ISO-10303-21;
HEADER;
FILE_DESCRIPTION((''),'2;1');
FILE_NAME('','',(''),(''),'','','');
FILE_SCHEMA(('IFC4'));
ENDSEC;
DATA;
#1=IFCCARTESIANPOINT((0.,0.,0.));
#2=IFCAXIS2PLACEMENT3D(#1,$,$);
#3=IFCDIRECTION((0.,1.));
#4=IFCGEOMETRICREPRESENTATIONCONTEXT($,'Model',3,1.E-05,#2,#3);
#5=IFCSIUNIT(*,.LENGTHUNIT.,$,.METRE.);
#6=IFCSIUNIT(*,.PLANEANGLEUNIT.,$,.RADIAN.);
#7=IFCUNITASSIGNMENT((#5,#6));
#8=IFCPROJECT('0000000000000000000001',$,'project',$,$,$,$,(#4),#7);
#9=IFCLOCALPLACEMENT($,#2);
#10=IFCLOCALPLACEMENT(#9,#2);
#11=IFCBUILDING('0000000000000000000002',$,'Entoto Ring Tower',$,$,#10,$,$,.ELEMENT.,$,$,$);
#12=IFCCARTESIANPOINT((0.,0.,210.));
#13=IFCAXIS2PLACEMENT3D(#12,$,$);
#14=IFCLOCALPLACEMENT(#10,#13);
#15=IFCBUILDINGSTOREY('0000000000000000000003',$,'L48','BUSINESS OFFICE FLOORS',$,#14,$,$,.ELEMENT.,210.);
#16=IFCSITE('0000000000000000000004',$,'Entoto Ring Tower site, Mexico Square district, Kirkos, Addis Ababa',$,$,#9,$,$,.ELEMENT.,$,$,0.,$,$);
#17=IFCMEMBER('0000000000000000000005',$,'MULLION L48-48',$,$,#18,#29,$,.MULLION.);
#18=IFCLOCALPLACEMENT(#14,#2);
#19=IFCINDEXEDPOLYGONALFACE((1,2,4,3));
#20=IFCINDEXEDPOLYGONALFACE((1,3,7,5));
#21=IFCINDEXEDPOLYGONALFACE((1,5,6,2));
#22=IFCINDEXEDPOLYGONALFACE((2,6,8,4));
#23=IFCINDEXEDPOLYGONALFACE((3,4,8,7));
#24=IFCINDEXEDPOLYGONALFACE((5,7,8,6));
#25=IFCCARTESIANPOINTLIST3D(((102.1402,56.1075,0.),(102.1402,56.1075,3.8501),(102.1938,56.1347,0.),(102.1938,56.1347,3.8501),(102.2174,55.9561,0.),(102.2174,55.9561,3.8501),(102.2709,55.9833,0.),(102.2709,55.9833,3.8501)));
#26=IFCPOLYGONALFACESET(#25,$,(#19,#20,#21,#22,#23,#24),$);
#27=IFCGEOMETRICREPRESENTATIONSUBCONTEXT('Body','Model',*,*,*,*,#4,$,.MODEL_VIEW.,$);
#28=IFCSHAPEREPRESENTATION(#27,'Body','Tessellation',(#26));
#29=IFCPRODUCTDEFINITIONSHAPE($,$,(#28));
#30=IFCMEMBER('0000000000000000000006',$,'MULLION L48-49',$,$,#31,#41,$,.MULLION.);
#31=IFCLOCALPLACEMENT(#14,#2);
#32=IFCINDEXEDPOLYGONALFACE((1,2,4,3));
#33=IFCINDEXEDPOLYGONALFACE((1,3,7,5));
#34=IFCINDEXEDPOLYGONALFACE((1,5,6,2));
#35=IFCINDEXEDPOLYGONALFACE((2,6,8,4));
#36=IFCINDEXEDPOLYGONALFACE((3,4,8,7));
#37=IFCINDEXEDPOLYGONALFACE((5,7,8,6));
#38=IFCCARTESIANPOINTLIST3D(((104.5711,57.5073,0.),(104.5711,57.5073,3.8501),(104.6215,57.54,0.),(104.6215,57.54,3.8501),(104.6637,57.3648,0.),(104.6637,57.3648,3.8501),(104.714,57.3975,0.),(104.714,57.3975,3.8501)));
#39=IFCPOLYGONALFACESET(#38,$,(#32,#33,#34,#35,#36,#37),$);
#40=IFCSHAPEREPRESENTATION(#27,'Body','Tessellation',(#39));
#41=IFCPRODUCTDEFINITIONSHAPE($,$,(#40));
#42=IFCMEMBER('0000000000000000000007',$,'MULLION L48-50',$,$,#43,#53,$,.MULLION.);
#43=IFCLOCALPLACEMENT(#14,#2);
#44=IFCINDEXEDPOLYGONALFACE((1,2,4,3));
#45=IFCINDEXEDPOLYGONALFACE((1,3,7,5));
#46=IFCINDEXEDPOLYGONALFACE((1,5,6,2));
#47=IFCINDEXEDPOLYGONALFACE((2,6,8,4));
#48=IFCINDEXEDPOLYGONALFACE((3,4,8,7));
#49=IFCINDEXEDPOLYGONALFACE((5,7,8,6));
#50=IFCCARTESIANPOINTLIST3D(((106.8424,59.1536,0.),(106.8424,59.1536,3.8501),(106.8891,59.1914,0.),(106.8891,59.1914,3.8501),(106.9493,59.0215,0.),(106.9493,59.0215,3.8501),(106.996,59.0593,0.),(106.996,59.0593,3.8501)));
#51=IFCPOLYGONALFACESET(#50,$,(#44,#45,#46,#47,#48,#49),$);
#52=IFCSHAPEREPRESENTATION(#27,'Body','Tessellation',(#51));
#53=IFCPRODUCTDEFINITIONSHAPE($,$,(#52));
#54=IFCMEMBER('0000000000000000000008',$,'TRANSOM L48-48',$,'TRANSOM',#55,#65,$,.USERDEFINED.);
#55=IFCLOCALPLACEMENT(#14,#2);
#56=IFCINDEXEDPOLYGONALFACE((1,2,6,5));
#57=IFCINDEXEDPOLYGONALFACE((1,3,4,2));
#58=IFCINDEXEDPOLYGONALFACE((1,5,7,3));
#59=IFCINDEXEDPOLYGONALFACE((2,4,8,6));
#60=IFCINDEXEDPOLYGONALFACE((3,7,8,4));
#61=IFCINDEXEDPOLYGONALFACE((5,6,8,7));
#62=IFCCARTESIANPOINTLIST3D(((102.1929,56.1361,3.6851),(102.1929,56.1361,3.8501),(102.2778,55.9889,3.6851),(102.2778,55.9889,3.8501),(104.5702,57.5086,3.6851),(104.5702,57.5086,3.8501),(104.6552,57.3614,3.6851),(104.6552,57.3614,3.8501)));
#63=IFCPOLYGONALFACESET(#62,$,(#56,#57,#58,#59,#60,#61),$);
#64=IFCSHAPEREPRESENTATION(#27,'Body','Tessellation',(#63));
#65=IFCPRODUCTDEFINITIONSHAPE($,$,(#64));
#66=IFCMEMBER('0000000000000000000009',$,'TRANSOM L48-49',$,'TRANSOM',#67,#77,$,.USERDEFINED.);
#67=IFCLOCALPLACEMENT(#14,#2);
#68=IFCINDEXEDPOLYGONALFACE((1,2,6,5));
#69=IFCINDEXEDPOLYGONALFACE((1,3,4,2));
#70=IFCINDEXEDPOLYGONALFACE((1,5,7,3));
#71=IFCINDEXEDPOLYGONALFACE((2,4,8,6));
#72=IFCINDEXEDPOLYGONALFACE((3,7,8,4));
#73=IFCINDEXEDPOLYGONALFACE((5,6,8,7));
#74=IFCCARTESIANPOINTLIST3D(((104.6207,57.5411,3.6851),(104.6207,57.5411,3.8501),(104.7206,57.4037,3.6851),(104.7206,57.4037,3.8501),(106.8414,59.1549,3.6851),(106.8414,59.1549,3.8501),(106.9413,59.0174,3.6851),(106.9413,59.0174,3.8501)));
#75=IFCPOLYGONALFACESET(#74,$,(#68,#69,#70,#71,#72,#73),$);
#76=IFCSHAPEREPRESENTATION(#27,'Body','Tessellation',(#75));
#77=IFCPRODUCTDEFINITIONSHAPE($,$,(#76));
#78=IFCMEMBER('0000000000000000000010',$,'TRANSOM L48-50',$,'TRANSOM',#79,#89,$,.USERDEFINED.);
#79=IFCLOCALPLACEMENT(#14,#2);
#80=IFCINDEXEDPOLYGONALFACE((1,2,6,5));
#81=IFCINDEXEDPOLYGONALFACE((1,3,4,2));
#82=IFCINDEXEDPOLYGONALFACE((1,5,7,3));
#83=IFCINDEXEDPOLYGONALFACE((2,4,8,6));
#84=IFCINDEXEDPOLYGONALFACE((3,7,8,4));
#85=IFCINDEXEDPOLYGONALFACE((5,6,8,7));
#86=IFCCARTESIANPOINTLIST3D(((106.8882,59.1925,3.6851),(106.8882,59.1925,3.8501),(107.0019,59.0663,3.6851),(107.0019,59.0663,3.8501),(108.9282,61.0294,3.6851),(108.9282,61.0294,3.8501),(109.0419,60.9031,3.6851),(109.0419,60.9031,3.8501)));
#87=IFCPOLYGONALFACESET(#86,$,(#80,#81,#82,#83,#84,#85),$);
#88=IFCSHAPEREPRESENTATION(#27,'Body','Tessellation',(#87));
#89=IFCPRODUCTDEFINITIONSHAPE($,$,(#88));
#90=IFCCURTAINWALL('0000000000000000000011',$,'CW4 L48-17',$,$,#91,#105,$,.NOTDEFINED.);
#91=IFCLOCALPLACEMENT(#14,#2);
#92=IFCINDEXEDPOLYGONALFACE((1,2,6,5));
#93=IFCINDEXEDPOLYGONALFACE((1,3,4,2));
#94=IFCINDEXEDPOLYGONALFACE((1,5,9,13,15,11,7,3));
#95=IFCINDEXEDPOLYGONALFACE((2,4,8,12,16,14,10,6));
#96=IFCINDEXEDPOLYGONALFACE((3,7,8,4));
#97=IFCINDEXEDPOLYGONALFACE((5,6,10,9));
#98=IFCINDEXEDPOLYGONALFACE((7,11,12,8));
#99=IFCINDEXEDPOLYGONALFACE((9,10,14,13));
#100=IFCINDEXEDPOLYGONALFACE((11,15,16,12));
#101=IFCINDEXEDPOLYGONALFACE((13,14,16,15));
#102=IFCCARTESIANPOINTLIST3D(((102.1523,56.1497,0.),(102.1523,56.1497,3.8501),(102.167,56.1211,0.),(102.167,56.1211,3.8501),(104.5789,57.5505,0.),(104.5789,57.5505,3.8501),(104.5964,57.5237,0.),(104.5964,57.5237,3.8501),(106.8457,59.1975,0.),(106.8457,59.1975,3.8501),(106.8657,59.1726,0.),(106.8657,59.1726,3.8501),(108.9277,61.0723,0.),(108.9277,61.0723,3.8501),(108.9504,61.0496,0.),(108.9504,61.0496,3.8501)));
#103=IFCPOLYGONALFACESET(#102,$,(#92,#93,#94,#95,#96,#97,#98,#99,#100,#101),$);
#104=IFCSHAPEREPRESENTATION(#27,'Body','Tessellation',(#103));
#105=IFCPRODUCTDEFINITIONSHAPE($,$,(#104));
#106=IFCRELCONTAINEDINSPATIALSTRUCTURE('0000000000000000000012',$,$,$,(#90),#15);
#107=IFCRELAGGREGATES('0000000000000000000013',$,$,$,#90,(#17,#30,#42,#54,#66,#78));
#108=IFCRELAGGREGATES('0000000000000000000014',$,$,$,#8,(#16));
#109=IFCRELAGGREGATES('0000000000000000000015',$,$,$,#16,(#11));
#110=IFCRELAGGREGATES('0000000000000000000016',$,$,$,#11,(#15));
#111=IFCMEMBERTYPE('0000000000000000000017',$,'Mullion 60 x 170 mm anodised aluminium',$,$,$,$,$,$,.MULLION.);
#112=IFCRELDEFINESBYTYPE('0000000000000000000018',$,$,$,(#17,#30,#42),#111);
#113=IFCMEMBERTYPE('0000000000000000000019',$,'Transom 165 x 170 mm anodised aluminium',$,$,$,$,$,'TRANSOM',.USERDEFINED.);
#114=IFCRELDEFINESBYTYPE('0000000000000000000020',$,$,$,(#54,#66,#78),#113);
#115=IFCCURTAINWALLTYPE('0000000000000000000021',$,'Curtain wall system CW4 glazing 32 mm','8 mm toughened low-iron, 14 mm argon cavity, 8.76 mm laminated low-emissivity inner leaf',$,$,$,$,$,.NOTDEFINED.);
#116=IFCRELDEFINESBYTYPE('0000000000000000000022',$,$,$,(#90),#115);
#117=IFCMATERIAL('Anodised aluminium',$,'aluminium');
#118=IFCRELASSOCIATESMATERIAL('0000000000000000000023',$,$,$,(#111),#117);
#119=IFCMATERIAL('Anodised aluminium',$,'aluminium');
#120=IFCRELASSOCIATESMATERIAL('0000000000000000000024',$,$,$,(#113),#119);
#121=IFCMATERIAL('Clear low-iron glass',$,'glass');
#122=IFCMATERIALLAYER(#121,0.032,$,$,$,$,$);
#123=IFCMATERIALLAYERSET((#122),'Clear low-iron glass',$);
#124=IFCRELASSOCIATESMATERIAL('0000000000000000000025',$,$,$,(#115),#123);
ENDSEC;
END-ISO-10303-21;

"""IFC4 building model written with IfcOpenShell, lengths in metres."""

from ifc_helpers import new_model, si_unit, direction, frame, origin, origin_2d, place, context, subcontext, project, spatial, polyline, rectangle, outline, extrude, material, layer, layer_set, material_profile, profile_set, type_object, element, aggregate, save


model = new_model("IFC4")

# Units and contexts
model_context = context("Model", 3, precision=1e-05, world=origin(), true_north=direction((0.0, 1.0)))
body_context = subcontext(model_context, "Body", "Model", "MODEL_VIEW")
ifc_project = project(units=[si_unit("LENGTHUNIT", "METRE"), si_unit("PLANEANGLEUNIT", "RADIAN")], contexts=[model_context])

# Members
ifc_material_1 = material(Name="Anodised aluminium", Category="aluminium")
ifc_material_profile_1 = material_profile(ifc_material_1, rectangle(XDim=0.0601, YDim=0.1699, at=origin_2d()), Name="Mullion 60 x 170 mm anodised aluminium")
ifc_profile_set_1 = profile_set([ifc_material_profile_1], Name="Anodised aluminium")
member_type_1 = type_object("IfcMemberType", Name="Mullion 60 x 170 mm anodised aluminium", PredefinedType="MULLION", material=ifc_profile_set_1)
site_placement = place(None, origin())
building_placement = place(site_placement, origin())
storey_placement = place(building_placement, frame((0.0, 0.0, 210.0)))
member_1_placement = place(storey_placement, frame((102.2056, 56.0454, 0.0), z_axis=(0.0, 0.0, 1.0), x_axis=(0.891007, 0.45399, 0.0)))
member_1 = element("IfcMember", 1, at=member_1_placement, type_object=member_type_1, Name="MULLION L48-48", PredefinedType="MULLION", context=body_context, shape_type="SweptSolid", body=[
    extrude(rectangle(XDim=0.0601, YDim=0.1699, at=origin_2d()), origin(), (0.0, 0.0, 1.0), 3.8501),
])
member_2_placement = place(storey_placement, frame((104.6426, 57.4524, 0.0), z_axis=(0.0, 0.0, 1.0), x_axis=(0.838671, 0.544639, 0.0)))
member_2 = element("IfcMember", 2, at=member_2_placement, type_object=member_type_1, Name="MULLION L48-49", PredefinedType="MULLION", context=body_context, shape_type="SweptSolid", body=[
    extrude(rectangle(XDim=0.0601, YDim=0.1699, at=origin_2d()), origin(), (0.0, 0.0, 1.0), 3.8501),
])
member_3_placement = place(storey_placement, frame((106.9192, 59.1064, 0.0), z_axis=(0.0, 0.0, 1.0), x_axis=(0.777146, 0.62932, 0.0)))
member_3 = element("IfcMember", 3, at=member_3_placement, type_object=member_type_1, Name="MULLION L48-50", PredefinedType="MULLION", context=body_context, shape_type="SweptSolid", body=[
    extrude(rectangle(XDim=0.0601, YDim=0.1699, at=origin_2d()), origin(), (0.0, 0.0, 1.0), 3.8501),
])
ifc_material_2 = material(Name="Anodised aluminium", Category="aluminium")
ifc_material_profile_2 = material_profile(ifc_material_2, rectangle(XDim=0.1699, YDim=0.165, at=origin_2d()), Name="Transom 165 x 170 mm anodised aluminium")
ifc_profile_set_2 = profile_set([ifc_material_profile_2], Name="Anodised aluminium")
member_type_2 = type_object("IfcMemberType", Name="Transom 165 x 170 mm anodised aluminium", ElementType="TRANSOM", PredefinedType="USERDEFINED", material=ifc_profile_set_2)
member_4_placement = place(storey_placement, frame((102.2354, 56.0625, 3.7676), z_axis=(0.866035, 0.499984, 0.0), x_axis=(-0.499984, 0.866035, 0.0)))
member_4 = element("IfcMember", 4, at=member_4_placement, type_object=member_type_2, Name="TRANSOM L48-48", ObjectType="TRANSOM", PredefinedType="USERDEFINED", context=body_context, shape_type="SweptSolid", body=[
    extrude(rectangle(XDim=0.1699, YDim=0.165, at=origin_2d()), origin(), (0.0, 0.0, 1.0), 2.7451),
])
member_5_placement = place(storey_placement, frame((104.6707, 57.4724, 3.7676), z_axis=(0.808959, 0.587865, 0.0), x_axis=(-0.587865, 0.808959, 0.0)))
member_5 = element("IfcMember", 5, at=member_5_placement, type_object=member_type_2, Name="TRANSOM L48-49", ObjectType="TRANSOM", PredefinedType="USERDEFINED", context=body_context, shape_type="SweptSolid", body=[
    extrude(rectangle(XDim=0.1699, YDim=0.165, at=origin_2d()), origin(), (0.0, 0.0, 1.0), 2.7451),
])
member_6_placement = place(storey_placement, frame((106.9451, 59.1294, 3.7676), z_axis=(0.743135, 0.669142, 0.0), x_axis=(-0.669142, 0.743135, 0.0)))
member_6 = element("IfcMember", 6, at=member_6_placement, type_object=member_type_2, Name="TRANSOM L48-50", ObjectType="TRANSOM", PredefinedType="USERDEFINED", context=body_context, shape_type="SweptSolid", body=[
    extrude(rectangle(XDim=0.1699, YDim=0.165, at=origin_2d()), origin(), (0.0, 0.0, 1.0), 2.7451),
])

# Site, building, storey
site = spatial("IfcSite", under=ifc_project, at=site_placement, Name="Entoto Ring Tower site, Mexico Square district, Kirkos, Addis Ababa", CompositionType="ELEMENT", RefElevation=0.0)
building = spatial("IfcBuilding", under=site, at=building_placement, Name="Entoto Ring Tower", CompositionType="ELEMENT")
storey = spatial("IfcBuildingStorey", under=building, at=storey_placement, Name="L48", Description="BUSINESS OFFICE FLOORS", CompositionType="ELEMENT", Elevation=210.0)

# Curtain wall
ifc_material_3 = material(Name="Clear low-iron glass", Category="glass")
ifc_layer_1 = layer(ifc_material_3, 0.032)
ifc_layer_set_1 = layer_set([ifc_layer_1], Name="Clear low-iron glass")
curtain_wall_type = type_object("IfcCurtainWallType", Name="Curtain wall system CW4 glazing 32 mm", Description="8 mm toughened low-iron, 14 mm argon cavity, 8.76 mm laminated low-emissivity inner leaf", PredefinedType="NOTDEFINED", material=ifc_layer_set_1)
curtain_wall_1_placement = place(storey_placement, origin())
curtain_wall_1 = element("IfcCurtainWall", 7, at=curtain_wall_1_placement, inside=storey, type_object=curtain_wall_type, Name="CW4 L48-17", PredefinedType="NOTDEFINED", context=body_context, shape_type="SweptSolid", body=[
    extrude(outline(polyline([(102.167, 56.1211), (104.5964, 57.5237), (106.8657, 59.1726), (108.9504, 61.0496), (108.9277, 61.0723), (106.8457, 59.1975), (104.5789, 57.5505), (102.1523, 56.1497), (102.167, 56.1211)])), origin(), (0.0, 0.0, 1.0), 3.8501),
])
aggregate(curtain_wall_1, [member_1, member_2, member_3, member_4, member_5, member_6])

save(model, "model.ifc")
